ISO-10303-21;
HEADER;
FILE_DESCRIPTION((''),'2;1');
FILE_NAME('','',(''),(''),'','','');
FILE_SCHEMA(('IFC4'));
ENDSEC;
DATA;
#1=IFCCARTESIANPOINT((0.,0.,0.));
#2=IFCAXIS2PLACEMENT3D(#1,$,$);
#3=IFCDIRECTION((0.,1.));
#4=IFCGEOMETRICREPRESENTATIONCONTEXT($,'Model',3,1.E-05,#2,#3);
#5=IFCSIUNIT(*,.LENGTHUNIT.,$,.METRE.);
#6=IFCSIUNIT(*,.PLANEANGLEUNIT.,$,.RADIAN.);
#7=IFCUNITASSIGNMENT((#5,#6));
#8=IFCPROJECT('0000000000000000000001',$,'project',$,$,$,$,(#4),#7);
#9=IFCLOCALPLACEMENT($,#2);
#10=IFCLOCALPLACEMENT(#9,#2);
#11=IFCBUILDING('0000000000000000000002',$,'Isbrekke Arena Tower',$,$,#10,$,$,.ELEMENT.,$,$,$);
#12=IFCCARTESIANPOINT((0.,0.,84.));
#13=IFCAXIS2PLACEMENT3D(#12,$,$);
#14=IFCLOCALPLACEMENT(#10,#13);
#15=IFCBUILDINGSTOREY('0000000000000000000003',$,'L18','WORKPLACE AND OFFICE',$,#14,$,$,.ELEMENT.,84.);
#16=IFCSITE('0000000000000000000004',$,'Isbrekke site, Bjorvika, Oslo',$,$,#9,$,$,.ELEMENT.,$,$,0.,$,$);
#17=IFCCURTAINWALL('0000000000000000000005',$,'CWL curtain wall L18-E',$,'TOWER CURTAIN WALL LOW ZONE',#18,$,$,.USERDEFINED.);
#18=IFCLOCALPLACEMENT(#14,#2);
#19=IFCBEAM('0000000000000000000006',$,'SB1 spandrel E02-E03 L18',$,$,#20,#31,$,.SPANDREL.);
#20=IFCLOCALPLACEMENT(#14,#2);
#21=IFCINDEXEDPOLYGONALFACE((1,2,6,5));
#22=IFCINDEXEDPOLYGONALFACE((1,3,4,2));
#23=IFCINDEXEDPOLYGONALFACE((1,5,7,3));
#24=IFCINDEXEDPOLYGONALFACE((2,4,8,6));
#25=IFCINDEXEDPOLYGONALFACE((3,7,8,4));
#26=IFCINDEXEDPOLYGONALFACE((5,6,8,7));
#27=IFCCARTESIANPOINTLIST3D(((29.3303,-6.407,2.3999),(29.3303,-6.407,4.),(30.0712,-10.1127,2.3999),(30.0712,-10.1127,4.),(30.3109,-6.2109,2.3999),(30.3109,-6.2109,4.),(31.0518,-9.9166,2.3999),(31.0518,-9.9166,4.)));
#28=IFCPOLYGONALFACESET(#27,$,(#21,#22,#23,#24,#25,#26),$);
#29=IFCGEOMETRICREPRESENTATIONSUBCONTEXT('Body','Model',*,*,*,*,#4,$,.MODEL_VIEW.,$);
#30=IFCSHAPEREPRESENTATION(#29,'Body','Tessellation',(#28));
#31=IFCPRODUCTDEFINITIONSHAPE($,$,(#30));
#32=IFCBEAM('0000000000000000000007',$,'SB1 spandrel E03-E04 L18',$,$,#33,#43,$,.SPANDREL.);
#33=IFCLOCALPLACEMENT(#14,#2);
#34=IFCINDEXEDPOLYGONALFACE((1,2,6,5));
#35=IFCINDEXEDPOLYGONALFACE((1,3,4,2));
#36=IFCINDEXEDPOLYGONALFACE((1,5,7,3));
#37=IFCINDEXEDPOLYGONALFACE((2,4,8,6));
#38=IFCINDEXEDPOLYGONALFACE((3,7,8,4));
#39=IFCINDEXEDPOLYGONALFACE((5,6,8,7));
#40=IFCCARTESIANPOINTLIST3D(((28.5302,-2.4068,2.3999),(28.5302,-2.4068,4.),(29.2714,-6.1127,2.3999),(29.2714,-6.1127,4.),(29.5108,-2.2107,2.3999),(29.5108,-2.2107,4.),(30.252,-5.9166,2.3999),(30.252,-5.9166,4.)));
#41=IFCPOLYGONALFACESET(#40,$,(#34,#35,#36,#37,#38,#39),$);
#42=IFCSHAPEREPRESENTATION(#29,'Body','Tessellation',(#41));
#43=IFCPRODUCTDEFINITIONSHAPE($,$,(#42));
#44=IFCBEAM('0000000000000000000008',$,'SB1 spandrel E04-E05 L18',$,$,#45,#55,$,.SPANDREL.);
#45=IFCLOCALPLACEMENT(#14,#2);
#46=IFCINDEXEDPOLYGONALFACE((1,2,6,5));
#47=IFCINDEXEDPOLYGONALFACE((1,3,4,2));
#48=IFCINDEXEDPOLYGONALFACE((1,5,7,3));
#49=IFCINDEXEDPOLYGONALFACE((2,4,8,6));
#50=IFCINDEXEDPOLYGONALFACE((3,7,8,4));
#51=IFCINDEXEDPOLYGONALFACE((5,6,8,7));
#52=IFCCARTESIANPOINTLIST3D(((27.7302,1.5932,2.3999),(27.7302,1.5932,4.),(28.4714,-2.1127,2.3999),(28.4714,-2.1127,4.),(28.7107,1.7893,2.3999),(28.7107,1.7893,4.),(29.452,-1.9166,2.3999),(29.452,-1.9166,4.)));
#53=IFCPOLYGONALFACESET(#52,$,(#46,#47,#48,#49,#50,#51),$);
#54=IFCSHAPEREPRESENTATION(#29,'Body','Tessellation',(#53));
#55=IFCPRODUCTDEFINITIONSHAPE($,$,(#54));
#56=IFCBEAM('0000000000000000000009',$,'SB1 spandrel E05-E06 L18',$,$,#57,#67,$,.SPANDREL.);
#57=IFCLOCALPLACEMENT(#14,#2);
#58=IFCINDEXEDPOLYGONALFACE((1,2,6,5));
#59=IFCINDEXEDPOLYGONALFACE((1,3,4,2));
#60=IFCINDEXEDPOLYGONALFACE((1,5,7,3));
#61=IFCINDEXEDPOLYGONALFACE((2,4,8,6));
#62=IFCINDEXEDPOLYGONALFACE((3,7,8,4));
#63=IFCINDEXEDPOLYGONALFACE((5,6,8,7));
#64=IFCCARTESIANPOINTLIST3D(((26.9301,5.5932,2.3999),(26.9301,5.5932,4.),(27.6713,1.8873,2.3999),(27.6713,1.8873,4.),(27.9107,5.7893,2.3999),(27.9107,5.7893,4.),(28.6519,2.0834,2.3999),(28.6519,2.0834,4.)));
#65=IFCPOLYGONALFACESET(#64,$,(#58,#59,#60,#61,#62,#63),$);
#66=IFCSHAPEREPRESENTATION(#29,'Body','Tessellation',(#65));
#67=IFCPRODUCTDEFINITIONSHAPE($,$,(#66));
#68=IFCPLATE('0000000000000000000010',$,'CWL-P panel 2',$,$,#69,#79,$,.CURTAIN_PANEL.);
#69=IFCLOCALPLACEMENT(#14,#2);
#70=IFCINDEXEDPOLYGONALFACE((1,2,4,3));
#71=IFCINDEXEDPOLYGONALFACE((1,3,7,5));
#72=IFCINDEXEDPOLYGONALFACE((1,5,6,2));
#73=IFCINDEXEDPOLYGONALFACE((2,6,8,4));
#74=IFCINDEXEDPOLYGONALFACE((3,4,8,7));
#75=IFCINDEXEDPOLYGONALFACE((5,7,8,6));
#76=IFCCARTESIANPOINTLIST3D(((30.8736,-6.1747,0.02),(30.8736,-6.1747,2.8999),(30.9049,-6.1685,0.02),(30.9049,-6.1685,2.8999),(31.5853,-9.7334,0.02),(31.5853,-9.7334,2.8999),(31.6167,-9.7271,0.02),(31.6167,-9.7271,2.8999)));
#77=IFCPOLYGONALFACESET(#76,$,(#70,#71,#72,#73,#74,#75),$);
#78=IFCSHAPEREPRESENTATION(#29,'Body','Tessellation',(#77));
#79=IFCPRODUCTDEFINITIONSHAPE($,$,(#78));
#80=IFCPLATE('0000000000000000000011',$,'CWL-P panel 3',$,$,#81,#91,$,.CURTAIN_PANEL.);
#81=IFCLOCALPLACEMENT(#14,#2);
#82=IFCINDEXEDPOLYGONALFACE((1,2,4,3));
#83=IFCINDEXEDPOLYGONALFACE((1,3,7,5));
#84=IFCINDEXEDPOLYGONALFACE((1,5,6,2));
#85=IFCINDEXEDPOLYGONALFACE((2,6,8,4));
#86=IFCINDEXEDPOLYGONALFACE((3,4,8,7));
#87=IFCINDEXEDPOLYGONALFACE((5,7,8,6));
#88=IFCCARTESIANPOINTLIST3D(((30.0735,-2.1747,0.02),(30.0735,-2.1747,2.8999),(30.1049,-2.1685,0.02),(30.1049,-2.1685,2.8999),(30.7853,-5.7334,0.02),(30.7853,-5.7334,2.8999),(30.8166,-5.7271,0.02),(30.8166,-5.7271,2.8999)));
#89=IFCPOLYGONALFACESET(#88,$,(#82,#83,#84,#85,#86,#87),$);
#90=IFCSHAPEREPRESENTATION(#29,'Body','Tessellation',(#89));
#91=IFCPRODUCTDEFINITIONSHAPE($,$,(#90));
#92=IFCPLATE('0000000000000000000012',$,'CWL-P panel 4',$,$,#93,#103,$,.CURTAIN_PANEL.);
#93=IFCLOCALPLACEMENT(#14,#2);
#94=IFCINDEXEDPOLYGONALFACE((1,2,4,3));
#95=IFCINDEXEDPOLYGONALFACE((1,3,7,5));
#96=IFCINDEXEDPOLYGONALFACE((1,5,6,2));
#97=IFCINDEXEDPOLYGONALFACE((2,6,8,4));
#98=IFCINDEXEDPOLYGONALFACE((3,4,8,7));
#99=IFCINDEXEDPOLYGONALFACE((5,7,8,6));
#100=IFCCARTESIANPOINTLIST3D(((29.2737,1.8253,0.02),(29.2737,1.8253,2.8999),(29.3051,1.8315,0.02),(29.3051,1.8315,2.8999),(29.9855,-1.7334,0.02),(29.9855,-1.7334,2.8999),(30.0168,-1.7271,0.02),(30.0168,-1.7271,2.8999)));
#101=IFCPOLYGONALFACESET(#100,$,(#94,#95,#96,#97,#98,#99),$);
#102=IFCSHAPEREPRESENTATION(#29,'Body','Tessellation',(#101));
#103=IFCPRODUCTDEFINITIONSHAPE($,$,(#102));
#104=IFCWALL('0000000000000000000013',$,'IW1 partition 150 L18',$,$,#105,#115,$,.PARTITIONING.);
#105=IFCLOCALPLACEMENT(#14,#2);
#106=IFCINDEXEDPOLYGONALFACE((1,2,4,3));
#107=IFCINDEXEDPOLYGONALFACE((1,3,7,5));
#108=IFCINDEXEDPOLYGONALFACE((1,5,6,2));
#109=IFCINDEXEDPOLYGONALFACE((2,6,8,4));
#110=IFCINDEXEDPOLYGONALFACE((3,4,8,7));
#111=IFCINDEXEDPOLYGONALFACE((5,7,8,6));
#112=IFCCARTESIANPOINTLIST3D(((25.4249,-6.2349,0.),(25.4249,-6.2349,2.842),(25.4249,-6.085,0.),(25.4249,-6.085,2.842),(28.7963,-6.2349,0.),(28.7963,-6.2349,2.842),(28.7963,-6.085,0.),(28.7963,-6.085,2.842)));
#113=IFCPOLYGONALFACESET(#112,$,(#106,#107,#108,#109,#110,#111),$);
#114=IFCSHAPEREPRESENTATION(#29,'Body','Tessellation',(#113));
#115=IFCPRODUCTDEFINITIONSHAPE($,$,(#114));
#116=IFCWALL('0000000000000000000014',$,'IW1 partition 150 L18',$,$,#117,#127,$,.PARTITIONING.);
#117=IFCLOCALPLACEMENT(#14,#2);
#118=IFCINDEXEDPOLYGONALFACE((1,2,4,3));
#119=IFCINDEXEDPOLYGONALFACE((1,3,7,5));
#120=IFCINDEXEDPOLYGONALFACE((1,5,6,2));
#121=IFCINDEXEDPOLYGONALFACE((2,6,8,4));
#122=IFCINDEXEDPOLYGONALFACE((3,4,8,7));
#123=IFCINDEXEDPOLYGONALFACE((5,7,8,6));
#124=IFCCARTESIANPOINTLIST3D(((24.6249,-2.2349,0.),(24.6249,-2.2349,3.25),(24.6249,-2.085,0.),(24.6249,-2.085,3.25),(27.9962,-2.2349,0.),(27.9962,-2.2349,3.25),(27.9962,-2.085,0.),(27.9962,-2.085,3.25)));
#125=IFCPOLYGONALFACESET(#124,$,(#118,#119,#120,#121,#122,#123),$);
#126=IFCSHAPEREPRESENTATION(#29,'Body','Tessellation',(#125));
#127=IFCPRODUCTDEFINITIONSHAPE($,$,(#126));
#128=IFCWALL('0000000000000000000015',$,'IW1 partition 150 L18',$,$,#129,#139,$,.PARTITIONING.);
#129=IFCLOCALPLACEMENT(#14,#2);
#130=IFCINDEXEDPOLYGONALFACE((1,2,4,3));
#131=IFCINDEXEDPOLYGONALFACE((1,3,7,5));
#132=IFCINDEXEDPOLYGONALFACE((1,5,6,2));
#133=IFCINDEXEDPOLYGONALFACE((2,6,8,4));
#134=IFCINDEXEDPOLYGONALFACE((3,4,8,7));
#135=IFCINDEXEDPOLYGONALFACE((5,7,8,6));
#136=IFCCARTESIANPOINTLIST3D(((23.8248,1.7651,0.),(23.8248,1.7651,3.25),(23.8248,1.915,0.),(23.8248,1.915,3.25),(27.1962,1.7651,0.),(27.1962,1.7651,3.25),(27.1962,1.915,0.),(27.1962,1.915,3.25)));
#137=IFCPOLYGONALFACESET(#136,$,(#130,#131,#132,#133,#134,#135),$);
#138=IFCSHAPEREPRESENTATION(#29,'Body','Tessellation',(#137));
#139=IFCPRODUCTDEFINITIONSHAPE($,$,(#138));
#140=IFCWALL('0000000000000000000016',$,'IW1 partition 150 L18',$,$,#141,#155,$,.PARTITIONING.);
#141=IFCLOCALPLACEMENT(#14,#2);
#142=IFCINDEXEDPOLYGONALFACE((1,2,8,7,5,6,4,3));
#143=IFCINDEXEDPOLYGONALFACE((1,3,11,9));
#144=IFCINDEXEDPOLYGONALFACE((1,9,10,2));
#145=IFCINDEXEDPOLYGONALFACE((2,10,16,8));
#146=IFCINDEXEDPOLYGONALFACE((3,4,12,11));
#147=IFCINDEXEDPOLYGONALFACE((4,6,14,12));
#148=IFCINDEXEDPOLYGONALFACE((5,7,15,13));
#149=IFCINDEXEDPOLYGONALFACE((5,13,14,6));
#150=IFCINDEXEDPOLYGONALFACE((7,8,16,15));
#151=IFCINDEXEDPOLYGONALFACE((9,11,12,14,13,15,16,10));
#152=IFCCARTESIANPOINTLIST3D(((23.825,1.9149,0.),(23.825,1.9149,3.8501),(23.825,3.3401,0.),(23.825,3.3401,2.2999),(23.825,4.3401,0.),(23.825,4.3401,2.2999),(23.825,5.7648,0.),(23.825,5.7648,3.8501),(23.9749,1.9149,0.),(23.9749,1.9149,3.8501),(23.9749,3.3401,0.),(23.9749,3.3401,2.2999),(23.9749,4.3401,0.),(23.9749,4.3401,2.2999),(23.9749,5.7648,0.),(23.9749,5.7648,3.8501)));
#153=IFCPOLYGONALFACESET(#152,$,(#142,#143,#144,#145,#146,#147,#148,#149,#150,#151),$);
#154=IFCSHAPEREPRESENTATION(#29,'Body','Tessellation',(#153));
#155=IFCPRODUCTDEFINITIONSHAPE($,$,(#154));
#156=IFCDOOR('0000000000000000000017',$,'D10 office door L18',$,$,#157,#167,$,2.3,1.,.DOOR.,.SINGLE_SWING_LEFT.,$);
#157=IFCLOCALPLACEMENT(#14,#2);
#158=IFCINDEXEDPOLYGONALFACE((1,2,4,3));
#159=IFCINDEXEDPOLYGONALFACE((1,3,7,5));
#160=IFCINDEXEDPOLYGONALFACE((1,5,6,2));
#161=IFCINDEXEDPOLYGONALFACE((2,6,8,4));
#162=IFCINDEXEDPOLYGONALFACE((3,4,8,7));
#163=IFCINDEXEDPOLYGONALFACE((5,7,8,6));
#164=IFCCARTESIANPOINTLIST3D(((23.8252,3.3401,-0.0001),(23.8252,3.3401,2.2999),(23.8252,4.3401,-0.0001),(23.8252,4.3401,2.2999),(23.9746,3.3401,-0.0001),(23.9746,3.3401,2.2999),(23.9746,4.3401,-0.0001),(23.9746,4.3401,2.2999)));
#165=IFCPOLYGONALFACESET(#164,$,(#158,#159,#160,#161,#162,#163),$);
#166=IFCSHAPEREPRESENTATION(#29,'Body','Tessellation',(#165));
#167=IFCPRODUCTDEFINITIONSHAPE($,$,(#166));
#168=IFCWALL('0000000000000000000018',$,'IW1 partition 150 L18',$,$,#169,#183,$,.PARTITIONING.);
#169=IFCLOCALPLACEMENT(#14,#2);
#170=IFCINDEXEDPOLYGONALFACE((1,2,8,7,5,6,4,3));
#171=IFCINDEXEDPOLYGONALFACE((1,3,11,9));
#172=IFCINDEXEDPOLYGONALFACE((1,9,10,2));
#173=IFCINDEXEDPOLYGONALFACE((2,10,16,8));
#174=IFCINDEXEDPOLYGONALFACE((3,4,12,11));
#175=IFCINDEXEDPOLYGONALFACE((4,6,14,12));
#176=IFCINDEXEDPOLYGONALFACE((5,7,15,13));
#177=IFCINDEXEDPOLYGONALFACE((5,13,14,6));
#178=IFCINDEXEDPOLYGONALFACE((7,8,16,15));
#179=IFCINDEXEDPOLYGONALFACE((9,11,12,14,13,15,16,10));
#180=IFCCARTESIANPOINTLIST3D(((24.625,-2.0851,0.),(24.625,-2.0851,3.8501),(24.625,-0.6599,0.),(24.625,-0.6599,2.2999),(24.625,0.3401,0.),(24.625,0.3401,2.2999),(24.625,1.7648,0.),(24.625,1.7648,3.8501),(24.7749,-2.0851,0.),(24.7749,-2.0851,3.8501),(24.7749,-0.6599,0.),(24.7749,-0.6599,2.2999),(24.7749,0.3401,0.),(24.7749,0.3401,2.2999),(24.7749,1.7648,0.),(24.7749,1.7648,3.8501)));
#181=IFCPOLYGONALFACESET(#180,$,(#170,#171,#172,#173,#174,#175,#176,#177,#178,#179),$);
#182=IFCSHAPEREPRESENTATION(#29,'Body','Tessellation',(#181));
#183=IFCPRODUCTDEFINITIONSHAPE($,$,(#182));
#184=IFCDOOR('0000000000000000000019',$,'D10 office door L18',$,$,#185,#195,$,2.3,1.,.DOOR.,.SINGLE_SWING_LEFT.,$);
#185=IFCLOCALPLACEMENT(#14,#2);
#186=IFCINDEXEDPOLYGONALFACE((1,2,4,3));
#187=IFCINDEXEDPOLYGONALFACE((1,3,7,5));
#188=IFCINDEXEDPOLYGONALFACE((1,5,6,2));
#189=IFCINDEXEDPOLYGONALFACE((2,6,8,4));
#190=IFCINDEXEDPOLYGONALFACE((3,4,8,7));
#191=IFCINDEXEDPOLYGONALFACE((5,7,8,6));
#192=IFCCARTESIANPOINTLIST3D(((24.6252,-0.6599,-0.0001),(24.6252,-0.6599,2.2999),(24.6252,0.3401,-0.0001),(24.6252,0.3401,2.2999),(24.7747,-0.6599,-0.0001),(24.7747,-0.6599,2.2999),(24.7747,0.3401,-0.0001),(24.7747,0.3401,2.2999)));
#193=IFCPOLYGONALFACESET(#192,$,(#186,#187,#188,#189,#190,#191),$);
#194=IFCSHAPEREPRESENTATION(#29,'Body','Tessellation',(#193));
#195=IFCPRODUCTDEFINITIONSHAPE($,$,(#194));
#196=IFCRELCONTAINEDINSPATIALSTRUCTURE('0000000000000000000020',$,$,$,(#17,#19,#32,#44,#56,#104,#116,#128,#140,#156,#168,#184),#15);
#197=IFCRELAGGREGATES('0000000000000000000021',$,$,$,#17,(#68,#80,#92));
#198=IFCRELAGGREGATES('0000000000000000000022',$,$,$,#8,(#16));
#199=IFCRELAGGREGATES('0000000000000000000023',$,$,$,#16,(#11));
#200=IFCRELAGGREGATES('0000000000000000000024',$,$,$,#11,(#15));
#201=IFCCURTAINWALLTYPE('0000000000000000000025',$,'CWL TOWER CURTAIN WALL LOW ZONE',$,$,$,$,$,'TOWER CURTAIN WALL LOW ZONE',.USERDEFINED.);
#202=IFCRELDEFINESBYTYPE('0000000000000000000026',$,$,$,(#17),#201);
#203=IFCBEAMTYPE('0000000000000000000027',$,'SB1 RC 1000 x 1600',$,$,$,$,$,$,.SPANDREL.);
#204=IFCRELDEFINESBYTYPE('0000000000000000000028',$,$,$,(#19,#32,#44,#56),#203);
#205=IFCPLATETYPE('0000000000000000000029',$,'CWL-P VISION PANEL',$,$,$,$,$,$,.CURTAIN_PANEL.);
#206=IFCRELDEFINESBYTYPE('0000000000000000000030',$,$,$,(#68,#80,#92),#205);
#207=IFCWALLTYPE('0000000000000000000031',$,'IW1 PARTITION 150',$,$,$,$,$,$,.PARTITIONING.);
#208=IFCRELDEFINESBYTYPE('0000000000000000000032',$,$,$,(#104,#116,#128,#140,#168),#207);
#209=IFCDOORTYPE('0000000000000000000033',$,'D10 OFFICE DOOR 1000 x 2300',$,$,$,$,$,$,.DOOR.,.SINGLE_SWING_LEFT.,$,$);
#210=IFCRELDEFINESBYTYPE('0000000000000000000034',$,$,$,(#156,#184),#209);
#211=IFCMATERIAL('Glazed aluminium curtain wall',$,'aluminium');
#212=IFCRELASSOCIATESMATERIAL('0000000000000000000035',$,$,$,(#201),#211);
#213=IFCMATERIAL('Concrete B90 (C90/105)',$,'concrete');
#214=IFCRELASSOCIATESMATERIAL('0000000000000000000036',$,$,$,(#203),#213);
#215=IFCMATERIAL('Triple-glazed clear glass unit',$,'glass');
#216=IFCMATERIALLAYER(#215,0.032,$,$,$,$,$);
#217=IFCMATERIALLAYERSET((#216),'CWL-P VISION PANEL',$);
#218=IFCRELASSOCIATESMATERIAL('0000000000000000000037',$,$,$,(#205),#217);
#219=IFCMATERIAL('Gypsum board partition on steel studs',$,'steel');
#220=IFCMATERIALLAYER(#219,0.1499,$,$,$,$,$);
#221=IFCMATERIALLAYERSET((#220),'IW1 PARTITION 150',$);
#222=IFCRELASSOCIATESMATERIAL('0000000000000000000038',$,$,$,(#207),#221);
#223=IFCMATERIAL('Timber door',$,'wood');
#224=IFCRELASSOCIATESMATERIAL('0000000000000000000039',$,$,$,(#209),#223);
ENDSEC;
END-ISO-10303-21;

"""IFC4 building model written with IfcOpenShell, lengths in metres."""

from ifc_helpers import new_model, si_unit, direction, frame, frame_2d, origin, origin_2d, place, context, subcontext, project, spatial, rectangle, extrude, material, layer, layer_set, material_profile, profile_set, type_object, element, fill, aggregate, save


model = new_model("IFC4")

# Units and contexts
model_context = context("Model", 3, precision=1e-05, world=origin(), true_north=direction((0.0, 1.0)))
body_context = subcontext(model_context, "Body", "Model", "MODEL_VIEW")
ifc_project = project(units=[si_unit("LENGTHUNIT", "METRE"), si_unit("PLANEANGLEUNIT", "RADIAN")], contexts=[model_context])

# Site, building, storey
site_placement = place(None, origin())
site = spatial("IfcSite", under=ifc_project, at=site_placement, Name="Isbrekke site, Bjorvika, Oslo", CompositionType="ELEMENT", RefElevation=0.0)
building_placement = place(site_placement, origin())
building = spatial("IfcBuilding", under=site, at=building_placement, Name="Isbrekke Arena Tower", CompositionType="ELEMENT")
storey_placement = place(building_placement, frame((0.0, 0.0, 84.0)))
storey = spatial("IfcBuildingStorey", under=building, at=storey_placement, Name="L18", Description="WORKPLACE AND OFFICE", CompositionType="ELEMENT", Elevation=84.0)

# Curtain wall
ifc_material_1 = material(Name="Glazed aluminium curtain wall", Category="aluminium")
curtain_wall_type = type_object("IfcCurtainWallType", Name="CWL TOWER CURTAIN WALL LOW ZONE", ElementType="TOWER CURTAIN WALL LOW ZONE", PredefinedType="USERDEFINED", material=ifc_material_1)
curtain_wall_placement = place(storey_placement, origin())
curtain_wall = element("IfcCurtainWall", 1, at=curtain_wall_placement, inside=storey, type_object=curtain_wall_type, Name="CWL curtain wall L18-E", ObjectType="TOWER CURTAIN WALL LOW ZONE", PredefinedType="USERDEFINED")

# Beams
ifc_material_2 = material(Name="Concrete B90 (C90/105)", Category="concrete")
ifc_material_profile_1 = material_profile(ifc_material_2, rectangle(XDim=1.0, YDim=1.6001, at=origin_2d()), Name="RC 1000x1600")
ifc_profile_set_1 = profile_set([ifc_material_profile_1], Name="Concrete B90 (C90/105)")
beam_type_1 = type_object("IfcBeamType", Name="SB1 RC 1000 x 1600", PredefinedType="SPANDREL", material=ifc_profile_set_1)
beam_1_placement = place(storey_placement, frame((30.5615, -10.0146, 3.2), z_axis=(-0.196066, 0.980591, 0.0), x_axis=(-0.980591, -0.196066, 0.0)))
element("IfcBeam", 2, at=beam_1_placement, inside=storey, type_object=beam_type_1, Name="SB1 spandrel E02-E03 L18", PredefinedType="SPANDREL", context=body_context, shape_type="SweptSolid", body=[
    extrude(rectangle(XDim=1.0, YDim=1.6001, at=origin_2d()), origin(), (0.0, 0.0, 1.0), 3.7791),
])
for number, where, z_axis, x_axis, name in (
    (3, (29.7617, -6.0146, 3.2), (-0.196129, 0.980578, 0.0), (-0.980578, -0.196129, 0.0), "SB1 spandrel E03-E04 L18"),
    (4, (28.9617, -2.0146, 3.2), (-0.196129, 0.980578, 0.0), (-0.980578, -0.196129, 0.0), "SB1 spandrel E04-E05 L18"),
    (5, (28.1616, 1.9854, 3.2), (-0.196129, 0.980578, 0.0), (-0.980578, -0.196129, 0.0), "SB1 spandrel E05-E06 L18"),
):
    element("IfcBeam", number, at=place(storey_placement, frame(where, z_axis=z_axis, x_axis=x_axis)), inside=storey, type_object=beam_type_1, Name=name, PredefinedType="SPANDREL", context=body_context, shape_type="SweptSolid", body=[
        extrude(rectangle(XDim=1.0, YDim=1.6001, at=origin_2d()), origin(), (0.0, 0.0, 1.0), 3.7793),
    ])

# Plates
ifc_material_3 = material(Name="Triple-glazed clear glass unit", Category="glass")
ifc_layer_1 = layer(ifc_material_3, 0.032)
ifc_layer_set_1 = layer_set([ifc_layer_1], Name="CWL-P VISION PANEL")
plate_type = type_object("IfcPlateType", Name="CWL-P VISION PANEL", PredefinedType="CURTAIN_PANEL", material=ifc_layer_set_1)
plate_1_placement = place(storey_placement, frame((31.2451, -7.9509, 0.02), z_axis=(0.0, 0.0, 1.0), x_axis=(-0.196116, 0.980581, 0.0)))
plate_1 = element("IfcPlate", 6, at=plate_1_placement, type_object=plate_type, Name="CWL-P panel 2", PredefinedType="CURTAIN_PANEL", context=body_context, shape_type="SweptSolid", body=[
    extrude(rectangle(XDim=3.6292, YDim=0.032, at=origin_2d()), origin(), (0.0, 0.0, 1.0), 2.8799),
])
plate_2_placement = place(storey_placement, frame((30.4451, -3.9509, 0.02), z_axis=(0.0, 0.0, 1.0), x_axis=(-0.196116, 0.980581, 0.0)))
plate_2 = element("IfcPlate", 7, at=plate_2_placement, type_object=plate_type, Name="CWL-P panel 3", PredefinedType="CURTAIN_PANEL", context=body_context, shape_type="SweptSolid", body=[
    extrude(rectangle(XDim=3.6292, YDim=0.032, at=origin_2d()), origin(), (0.0, 0.0, 1.0), 2.8799),
])
plate_3_placement = place(storey_placement, frame((29.6453, 0.0491, 0.02), z_axis=(0.0, 0.0, 1.0), x_axis=(-0.196116, 0.980581, 0.0)))
plate_3 = element("IfcPlate", 8, at=plate_3_placement, type_object=plate_type, Name="CWL-P panel 4", PredefinedType="CURTAIN_PANEL", context=body_context, shape_type="SweptSolid", body=[
    extrude(rectangle(XDim=3.6292, YDim=0.032, at=origin_2d()), origin(), (0.0, 0.0, 1.0), 2.8799),
])
aggregate(curtain_wall, [plate_1, plate_2, plate_3])

# Walls
ifc_material_4 = material(Name="Gypsum board partition on steel studs", Category="steel")
ifc_layer_2 = layer(ifc_material_4, 0.1499)
ifc_layer_set_2 = layer_set([ifc_layer_2], Name="IW1 PARTITION 150")
wall_type = type_object("IfcWallType", Name="IW1 PARTITION 150", PredefinedType="PARTITIONING", material=ifc_layer_set_2)
wall_1_placement = place(storey_placement, frame((25.425, -6.1599, 0.0), z_axis=(0.0, 0.0, 1.0), x_axis=(1.0, 0.0, 0.0)))
element("IfcWall", 9, at=wall_1_placement, inside=storey, type_object=wall_type, Name="IW1 partition 150 L18", PredefinedType="PARTITIONING", context=body_context, shape_type="SweptSolid", body=[
    extrude(rectangle(XDim=3.3713, YDim=0.1499, at=frame_2d((1.6855, 0.0))), origin(), (0.0, 0.0, 1.0), 2.842),
])
for number, where, z_axis, x_axis, name in (
    (10, (24.625, -2.1599, 0.0), (0.0, 0.0, 1.0), (1.0, 0.0, 0.0), "IW1 partition 150 L18"),
    (11, (23.825, 1.8401, 0.0), (0.0, 0.0, 1.0), (1.0, 0.0, 0.0), "IW1 partition 150 L18"),
):
    element("IfcWall", number, at=place(storey_placement, frame(where, z_axis=z_axis, x_axis=x_axis)), inside=storey, type_object=wall_type, Name=name, PredefinedType="PARTITIONING", context=body_context, shape_type="SweptSolid", body=[
        extrude(rectangle(XDim=3.3713, YDim=0.1499, at=frame_2d((1.6855, 0.0))), origin(), (0.0, 0.0, 1.0), 3.25),
    ])

# Walls, openings, doors
wall_2_placement = place(storey_placement, frame((23.8999, 1.915, 0.0), z_axis=(0.0, 0.0, 1.0), x_axis=(0.0, 1.0, 0.0)))
wall_2 = element("IfcWall", 12, at=wall_2_placement, inside=storey, type_object=wall_type, Name="IW1 partition 150 L18", PredefinedType="PARTITIONING", context=body_context, shape_type="SweptSolid", body=[
    extrude(rectangle(XDim=3.8499, YDim=0.1499, at=frame_2d((1.9248, 0.0))), origin(), (0.0, 0.0, 1.0), 3.8501),
])
opening_1_placement = place(wall_2_placement, frame((1.425, 0.0, 0.0)))
opening_1 = element("IfcOpeningElement", 13, at=opening_1_placement, cuts=wall_2, PredefinedType="OPENING", context=body_context, shape_type="SweptSolid", body=[
    extrude(rectangle(XDim=1.0, YDim=2.3, at=frame_2d((0.5, 1.1499))), frame((0.0, 0.0898, 0.0), z_axis=(0.0, -1.0, 0.0), x_axis=(1.0, 0.0, 0.0)), (0.0, 0.0, 1.0), 0.1797),
])
ifc_material_5 = material(Name="Timber door", Category="wood")
door_type = type_object("IfcDoorType", Name="D10 OFFICE DOOR 1000 x 2300", OperationType="SINGLE_SWING_LEFT", PredefinedType="DOOR", material=ifc_material_5)
door_1_placement = place(opening_1_placement, origin())
door_1 = element("IfcDoor", 14, at=door_1_placement, inside=storey, type_object=door_type, Name="D10 office door L18", OperationType="SINGLE_SWING_LEFT", OverallHeight=2.3, OverallWidth=1.0, PredefinedType="DOOR", context=body_context, shape_type="SweptSolid", body=[
    extrude(rectangle(XDim=1.0, YDim=2.3, at=frame_2d((0.5, 1.1499))), frame((0.0, 0.0747, 0.0), z_axis=(0.0, -1.0, 0.0), x_axis=(1.0, 0.0, 0.0)), (0.0, 0.0, 1.0), 0.1494),
])
fill(opening_1, door_1)
wall_3_placement = place(storey_placement, frame((24.7, -2.085, 0.0), z_axis=(0.0, 0.0, 1.0), x_axis=(0.0, 1.0, 0.0)))
wall_3 = element("IfcWall", 15, at=wall_3_placement, inside=storey, type_object=wall_type, Name="IW1 partition 150 L18", PredefinedType="PARTITIONING", context=body_context, shape_type="SweptSolid", body=[
    extrude(rectangle(XDim=3.8499, YDim=0.1499, at=frame_2d((1.9248, 0.0))), origin(), (0.0, 0.0, 1.0), 3.8501),
])
opening_2_placement = place(wall_3_placement, frame((1.425, 0.0, 0.0)))
opening_2 = element("IfcOpeningElement", 16, at=opening_2_placement, cuts=wall_3, PredefinedType="OPENING", context=body_context, shape_type="SweptSolid", body=[
    extrude(rectangle(XDim=1.0, YDim=2.3, at=frame_2d((0.5, 1.1499))), frame((0.0, 0.0898, 0.0), z_axis=(0.0, -1.0, 0.0), x_axis=(1.0, 0.0, 0.0)), (0.0, 0.0, 1.0), 0.1797),
])
door_2_placement = place(opening_2_placement, origin())
door_2 = element("IfcDoor", 17, at=door_2_placement, inside=storey, type_object=door_type, Name="D10 office door L18", OperationType="SINGLE_SWING_LEFT", OverallHeight=2.3, OverallWidth=1.0, PredefinedType="DOOR", context=body_context, shape_type="SweptSolid", body=[
    extrude(rectangle(XDim=1.0, YDim=2.3, at=frame_2d((0.5, 1.1499))), frame((0.0, 0.0747, 0.0), z_axis=(0.0, -1.0, 0.0), x_axis=(1.0, 0.0, 0.0)), (0.0, 0.0, 1.0), 0.1494),
])
fill(opening_2, door_2)

save(model, "model.ifc")
